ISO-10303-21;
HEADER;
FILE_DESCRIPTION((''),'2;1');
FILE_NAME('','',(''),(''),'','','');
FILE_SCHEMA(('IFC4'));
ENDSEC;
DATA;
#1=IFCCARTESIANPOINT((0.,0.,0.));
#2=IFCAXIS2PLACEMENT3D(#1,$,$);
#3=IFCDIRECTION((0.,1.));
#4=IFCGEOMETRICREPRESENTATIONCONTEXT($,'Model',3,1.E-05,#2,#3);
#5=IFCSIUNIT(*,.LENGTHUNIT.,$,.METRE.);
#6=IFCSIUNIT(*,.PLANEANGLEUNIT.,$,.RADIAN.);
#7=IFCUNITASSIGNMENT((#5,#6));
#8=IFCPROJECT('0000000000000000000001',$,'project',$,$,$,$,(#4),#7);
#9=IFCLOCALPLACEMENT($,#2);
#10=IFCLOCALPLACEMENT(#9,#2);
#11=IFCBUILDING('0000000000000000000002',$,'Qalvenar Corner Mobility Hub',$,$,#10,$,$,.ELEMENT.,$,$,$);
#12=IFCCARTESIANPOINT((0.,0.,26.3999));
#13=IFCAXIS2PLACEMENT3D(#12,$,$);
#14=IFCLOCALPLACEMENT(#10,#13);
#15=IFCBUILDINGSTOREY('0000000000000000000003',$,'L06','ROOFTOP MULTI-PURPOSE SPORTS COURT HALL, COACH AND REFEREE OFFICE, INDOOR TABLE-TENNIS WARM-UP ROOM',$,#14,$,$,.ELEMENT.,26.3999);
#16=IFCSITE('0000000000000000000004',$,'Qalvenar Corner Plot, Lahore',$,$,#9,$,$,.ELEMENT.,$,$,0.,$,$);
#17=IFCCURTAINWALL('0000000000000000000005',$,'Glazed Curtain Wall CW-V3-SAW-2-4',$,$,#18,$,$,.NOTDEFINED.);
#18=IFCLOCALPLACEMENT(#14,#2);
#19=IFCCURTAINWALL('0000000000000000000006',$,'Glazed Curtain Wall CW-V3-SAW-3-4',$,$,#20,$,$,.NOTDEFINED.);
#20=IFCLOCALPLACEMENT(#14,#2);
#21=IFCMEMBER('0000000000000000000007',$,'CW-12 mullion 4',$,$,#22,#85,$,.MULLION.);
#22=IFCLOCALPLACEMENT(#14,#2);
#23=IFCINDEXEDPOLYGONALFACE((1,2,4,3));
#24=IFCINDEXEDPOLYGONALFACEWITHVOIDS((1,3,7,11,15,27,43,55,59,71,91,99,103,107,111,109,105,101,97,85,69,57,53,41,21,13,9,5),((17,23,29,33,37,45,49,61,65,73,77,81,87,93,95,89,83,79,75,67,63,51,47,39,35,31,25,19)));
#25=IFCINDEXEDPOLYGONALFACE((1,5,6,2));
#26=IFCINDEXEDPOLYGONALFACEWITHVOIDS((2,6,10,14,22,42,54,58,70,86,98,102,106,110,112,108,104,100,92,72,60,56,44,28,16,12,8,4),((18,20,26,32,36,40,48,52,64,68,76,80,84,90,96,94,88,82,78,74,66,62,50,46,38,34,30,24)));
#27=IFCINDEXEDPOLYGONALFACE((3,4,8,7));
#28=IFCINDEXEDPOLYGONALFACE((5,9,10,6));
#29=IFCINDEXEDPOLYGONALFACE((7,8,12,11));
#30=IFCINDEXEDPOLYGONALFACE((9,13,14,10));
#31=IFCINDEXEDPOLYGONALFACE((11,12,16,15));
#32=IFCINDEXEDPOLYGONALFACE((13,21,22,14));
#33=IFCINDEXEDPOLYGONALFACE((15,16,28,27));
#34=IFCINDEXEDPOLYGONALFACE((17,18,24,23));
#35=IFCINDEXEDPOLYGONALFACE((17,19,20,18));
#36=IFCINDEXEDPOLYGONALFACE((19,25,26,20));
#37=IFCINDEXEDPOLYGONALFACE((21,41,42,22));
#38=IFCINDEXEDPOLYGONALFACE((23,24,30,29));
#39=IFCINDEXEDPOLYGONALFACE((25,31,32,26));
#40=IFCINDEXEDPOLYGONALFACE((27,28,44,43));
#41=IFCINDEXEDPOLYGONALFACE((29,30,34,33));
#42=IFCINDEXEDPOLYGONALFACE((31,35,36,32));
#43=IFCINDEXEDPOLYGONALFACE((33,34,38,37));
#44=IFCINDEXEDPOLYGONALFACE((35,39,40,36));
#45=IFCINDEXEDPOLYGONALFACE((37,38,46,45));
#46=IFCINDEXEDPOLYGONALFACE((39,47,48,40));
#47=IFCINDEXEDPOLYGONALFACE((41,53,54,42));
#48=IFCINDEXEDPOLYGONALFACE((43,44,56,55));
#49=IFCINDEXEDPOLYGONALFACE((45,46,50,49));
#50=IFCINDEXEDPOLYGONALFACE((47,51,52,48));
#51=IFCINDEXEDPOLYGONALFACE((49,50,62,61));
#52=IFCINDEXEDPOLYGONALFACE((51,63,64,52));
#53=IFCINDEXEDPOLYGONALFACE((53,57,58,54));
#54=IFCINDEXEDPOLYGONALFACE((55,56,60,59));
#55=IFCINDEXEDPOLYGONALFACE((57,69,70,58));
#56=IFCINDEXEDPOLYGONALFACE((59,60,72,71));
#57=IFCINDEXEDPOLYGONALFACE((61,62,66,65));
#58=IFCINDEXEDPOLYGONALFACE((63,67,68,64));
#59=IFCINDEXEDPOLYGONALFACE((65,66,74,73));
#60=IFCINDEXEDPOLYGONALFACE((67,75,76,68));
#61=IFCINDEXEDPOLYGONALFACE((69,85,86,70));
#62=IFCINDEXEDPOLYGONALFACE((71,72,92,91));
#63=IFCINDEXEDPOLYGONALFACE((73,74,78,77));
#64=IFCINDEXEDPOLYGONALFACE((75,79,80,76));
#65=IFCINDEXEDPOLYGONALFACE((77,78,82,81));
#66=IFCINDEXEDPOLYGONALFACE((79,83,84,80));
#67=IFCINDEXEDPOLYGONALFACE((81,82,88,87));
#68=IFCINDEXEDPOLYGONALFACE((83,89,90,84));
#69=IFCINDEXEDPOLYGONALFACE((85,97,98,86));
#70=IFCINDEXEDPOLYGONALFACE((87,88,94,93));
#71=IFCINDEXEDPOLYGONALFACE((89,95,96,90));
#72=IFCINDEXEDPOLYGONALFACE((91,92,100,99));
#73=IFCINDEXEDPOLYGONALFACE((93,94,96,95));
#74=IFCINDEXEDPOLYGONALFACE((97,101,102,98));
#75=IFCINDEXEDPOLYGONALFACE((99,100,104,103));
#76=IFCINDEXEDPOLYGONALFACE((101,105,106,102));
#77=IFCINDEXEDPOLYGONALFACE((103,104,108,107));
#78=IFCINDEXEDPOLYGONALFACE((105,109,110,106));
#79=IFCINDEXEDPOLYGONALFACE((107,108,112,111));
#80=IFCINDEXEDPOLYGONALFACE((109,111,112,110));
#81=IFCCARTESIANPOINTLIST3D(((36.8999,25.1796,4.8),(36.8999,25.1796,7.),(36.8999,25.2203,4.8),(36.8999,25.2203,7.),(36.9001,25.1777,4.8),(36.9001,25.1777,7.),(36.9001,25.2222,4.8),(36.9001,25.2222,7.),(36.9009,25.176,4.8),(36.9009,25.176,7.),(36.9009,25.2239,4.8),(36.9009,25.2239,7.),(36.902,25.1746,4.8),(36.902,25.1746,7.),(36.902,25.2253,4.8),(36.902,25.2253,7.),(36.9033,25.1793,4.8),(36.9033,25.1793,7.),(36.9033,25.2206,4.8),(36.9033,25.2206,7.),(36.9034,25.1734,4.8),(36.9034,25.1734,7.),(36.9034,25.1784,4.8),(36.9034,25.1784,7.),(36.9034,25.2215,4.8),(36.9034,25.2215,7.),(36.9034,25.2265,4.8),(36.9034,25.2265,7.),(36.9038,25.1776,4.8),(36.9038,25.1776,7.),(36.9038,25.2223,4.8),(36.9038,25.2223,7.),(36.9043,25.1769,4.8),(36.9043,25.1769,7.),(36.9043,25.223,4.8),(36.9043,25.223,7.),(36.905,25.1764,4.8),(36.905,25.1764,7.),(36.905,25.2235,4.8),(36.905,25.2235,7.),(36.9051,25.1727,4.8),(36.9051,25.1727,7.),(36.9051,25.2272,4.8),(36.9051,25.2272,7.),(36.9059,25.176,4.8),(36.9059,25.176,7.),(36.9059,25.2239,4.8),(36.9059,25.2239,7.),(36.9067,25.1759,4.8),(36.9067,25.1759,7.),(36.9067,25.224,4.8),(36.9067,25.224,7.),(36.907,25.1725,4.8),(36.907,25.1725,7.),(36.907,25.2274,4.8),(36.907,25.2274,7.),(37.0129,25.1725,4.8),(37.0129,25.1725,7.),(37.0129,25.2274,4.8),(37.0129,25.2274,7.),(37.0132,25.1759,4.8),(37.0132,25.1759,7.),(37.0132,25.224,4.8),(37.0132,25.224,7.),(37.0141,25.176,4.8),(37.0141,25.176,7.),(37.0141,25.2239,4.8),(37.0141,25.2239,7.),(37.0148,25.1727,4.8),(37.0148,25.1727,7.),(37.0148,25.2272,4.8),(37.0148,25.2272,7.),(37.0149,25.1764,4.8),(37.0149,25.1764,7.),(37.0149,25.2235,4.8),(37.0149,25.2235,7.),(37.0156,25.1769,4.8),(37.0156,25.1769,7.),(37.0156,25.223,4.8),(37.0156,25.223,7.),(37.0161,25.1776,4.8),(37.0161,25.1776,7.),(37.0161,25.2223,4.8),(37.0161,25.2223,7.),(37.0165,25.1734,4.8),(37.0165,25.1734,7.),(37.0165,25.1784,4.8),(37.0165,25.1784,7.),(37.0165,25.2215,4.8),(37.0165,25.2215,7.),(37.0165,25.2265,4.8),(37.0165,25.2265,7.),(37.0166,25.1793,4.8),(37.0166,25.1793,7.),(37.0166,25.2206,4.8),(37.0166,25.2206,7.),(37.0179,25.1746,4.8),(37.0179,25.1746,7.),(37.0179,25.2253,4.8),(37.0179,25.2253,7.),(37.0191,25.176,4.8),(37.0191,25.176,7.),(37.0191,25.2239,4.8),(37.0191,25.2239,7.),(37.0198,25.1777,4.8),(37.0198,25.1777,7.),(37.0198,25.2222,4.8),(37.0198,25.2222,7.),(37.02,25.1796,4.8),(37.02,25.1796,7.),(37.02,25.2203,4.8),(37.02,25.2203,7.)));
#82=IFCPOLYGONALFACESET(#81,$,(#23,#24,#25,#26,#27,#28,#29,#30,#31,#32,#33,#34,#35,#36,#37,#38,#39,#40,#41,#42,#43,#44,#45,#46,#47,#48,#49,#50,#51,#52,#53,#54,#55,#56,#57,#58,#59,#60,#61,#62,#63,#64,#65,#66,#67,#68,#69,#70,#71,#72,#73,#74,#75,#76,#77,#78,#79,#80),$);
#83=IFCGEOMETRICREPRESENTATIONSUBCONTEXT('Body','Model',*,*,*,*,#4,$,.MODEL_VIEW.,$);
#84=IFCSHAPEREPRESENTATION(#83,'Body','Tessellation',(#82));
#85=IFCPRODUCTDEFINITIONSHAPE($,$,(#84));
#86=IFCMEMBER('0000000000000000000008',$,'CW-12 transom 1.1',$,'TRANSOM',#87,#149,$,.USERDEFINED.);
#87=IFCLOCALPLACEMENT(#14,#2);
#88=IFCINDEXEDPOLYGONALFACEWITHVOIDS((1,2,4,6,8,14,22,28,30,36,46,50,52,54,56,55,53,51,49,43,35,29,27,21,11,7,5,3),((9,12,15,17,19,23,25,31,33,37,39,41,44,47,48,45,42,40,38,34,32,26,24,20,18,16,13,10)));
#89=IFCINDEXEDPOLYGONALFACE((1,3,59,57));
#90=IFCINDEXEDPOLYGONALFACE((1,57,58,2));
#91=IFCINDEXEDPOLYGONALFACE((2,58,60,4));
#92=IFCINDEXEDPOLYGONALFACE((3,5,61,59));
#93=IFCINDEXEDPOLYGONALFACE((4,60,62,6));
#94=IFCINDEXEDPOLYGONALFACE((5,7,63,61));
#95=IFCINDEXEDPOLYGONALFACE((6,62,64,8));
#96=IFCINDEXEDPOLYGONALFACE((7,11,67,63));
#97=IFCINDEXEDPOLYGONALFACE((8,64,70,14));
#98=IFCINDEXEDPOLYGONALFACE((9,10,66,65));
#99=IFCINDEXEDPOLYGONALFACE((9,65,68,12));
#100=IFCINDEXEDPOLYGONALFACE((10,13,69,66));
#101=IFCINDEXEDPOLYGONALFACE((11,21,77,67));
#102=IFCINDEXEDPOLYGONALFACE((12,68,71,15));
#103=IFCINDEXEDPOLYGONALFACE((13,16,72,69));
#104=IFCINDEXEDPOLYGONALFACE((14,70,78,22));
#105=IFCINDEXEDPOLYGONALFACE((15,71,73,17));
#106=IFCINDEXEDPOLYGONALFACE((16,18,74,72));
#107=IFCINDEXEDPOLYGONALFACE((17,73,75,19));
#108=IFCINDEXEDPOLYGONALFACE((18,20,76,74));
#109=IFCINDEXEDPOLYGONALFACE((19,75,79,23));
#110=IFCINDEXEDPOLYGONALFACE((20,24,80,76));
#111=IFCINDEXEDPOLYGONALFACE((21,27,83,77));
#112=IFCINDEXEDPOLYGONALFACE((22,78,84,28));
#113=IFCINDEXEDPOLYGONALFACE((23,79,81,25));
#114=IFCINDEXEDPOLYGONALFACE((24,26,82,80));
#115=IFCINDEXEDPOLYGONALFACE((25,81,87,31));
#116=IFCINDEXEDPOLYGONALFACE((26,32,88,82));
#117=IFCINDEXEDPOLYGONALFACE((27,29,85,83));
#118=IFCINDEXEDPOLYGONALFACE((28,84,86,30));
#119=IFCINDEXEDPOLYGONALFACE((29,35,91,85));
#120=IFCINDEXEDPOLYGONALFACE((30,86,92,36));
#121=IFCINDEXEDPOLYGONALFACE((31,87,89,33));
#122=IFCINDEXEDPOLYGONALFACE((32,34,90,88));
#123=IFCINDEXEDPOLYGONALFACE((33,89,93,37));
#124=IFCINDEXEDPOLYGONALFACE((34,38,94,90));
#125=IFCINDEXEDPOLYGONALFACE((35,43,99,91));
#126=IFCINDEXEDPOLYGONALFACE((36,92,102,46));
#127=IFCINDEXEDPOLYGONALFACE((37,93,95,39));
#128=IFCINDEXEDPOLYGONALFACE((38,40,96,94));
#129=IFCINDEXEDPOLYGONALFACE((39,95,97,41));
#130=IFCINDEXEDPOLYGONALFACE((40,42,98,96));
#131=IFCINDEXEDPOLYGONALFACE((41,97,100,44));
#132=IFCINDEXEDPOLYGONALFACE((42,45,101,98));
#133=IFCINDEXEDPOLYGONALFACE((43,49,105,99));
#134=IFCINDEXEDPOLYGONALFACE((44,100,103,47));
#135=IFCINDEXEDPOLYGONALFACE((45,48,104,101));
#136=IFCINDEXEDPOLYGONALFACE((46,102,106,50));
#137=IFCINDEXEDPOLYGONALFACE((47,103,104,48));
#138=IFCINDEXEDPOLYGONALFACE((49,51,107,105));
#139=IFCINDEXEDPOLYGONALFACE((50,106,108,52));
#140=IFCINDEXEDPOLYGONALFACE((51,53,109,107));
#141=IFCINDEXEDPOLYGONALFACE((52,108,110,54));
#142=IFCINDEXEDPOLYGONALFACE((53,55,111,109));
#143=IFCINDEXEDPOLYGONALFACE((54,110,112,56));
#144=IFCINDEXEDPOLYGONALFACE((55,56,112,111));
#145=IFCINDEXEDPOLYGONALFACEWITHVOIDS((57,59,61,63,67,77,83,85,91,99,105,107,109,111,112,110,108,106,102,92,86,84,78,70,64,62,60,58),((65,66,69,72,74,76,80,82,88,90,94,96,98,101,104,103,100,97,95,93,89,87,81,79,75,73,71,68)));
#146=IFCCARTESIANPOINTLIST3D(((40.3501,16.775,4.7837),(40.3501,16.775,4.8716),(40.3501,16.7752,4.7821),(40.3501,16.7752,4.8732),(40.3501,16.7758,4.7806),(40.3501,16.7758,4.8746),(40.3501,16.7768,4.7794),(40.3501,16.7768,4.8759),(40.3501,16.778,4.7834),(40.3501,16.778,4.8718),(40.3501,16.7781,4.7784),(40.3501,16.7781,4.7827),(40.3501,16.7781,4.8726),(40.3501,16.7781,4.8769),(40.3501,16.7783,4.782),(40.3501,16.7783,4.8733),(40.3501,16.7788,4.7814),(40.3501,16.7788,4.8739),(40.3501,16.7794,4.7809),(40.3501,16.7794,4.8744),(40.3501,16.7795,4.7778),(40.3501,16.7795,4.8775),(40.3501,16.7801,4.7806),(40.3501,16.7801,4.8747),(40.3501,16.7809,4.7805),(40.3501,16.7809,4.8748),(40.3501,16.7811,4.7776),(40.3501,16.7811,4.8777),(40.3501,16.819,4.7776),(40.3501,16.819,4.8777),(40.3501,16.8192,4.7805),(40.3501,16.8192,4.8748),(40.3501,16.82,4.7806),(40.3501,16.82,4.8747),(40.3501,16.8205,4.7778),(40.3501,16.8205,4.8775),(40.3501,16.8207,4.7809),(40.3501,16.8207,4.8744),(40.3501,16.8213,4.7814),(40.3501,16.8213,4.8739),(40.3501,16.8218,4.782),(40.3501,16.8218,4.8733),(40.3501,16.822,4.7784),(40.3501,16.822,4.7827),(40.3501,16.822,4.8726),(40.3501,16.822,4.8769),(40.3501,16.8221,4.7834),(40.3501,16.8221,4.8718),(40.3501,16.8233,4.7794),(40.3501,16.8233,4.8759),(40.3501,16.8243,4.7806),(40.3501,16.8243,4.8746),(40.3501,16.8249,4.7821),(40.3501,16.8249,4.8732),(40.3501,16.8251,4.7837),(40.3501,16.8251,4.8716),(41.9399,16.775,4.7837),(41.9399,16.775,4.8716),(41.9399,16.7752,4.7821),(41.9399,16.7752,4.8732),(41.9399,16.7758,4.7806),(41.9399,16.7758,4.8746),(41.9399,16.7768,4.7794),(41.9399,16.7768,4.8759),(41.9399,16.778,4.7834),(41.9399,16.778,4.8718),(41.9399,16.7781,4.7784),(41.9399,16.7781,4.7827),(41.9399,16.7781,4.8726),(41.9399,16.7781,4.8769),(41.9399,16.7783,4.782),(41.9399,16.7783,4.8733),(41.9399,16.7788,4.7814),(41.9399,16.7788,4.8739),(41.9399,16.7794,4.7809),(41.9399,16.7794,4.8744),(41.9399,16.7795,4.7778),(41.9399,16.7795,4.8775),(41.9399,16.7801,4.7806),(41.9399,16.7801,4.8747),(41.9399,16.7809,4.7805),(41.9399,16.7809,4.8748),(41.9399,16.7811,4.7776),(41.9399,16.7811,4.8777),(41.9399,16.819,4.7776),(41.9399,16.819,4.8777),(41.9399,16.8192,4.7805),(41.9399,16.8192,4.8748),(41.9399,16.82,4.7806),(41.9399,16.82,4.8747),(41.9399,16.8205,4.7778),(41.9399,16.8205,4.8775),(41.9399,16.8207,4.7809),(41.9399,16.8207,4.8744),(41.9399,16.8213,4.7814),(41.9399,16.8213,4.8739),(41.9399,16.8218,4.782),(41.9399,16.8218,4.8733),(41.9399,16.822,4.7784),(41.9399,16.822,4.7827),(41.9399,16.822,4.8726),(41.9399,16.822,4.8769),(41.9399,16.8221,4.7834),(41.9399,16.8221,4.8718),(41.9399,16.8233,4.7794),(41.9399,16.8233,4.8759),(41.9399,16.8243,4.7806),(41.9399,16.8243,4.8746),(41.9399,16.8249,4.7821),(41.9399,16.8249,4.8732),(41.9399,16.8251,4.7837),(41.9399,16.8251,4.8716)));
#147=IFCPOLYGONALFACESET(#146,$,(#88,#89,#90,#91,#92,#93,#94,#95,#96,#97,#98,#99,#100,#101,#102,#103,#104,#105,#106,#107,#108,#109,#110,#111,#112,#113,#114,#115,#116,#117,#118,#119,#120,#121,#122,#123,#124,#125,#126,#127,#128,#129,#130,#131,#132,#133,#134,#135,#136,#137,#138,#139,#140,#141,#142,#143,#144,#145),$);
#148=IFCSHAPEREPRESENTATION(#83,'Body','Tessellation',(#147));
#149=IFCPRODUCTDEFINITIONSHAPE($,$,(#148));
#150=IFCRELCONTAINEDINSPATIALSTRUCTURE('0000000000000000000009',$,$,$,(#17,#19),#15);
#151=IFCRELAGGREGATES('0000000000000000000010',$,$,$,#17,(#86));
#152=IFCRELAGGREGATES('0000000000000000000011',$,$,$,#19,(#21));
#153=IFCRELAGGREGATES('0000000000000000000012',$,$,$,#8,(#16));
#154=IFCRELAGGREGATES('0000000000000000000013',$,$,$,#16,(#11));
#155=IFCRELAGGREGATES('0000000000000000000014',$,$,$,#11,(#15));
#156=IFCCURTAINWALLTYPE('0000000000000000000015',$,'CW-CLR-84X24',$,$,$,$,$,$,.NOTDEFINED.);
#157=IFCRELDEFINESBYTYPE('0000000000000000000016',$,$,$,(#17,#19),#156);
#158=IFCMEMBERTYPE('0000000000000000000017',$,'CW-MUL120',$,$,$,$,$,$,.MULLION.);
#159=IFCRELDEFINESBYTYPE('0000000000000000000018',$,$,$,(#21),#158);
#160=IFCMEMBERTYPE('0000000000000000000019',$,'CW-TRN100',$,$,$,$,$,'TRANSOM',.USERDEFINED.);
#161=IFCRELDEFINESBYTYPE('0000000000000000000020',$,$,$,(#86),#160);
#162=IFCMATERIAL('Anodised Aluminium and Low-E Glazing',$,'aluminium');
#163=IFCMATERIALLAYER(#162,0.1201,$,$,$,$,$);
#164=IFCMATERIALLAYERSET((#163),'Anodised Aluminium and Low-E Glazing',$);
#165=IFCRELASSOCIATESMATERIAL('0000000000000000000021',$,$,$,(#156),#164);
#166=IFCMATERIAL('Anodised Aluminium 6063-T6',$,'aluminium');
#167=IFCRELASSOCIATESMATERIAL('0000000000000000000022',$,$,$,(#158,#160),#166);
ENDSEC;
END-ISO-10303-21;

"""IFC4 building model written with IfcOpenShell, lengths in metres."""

from ifc_helpers import new_model, si_unit, direction, frame, origin, origin_2d, place, context, subcontext, project, spatial, hollow_rectangle, extrude, material, layer, layer_set, material_profile, profile_set, type_object, element, aggregate, save


model = new_model("IFC4")

# Units and contexts
model_context = context("Model", 3, precision=1e-05, world=origin(), true_north=direction((0.0, 1.0)))
body_context = subcontext(model_context, "Body", "Model", "MODEL_VIEW")
ifc_project = project(units=[si_unit("LENGTHUNIT", "METRE"), si_unit("PLANEANGLEUNIT", "RADIAN")], contexts=[model_context])

# Site, building, storey
site_placement = place(None, origin())
site = spatial("IfcSite", under=ifc_project, at=site_placement, Name="Qalvenar Corner Plot, Lahore", CompositionType="ELEMENT", RefElevation=0.0)
building_placement = place(site_placement, origin())
building = spatial("IfcBuilding", under=site, at=building_placement, Name="Qalvenar Corner Mobility Hub", CompositionType="ELEMENT")
storey_placement = place(building_placement, frame((0.0, 0.0, 26.3999)))
storey = spatial("IfcBuildingStorey", under=building, at=storey_placement, Name="L06", Description="ROOFTOP MULTI-PURPOSE SPORTS COURT HALL, COACH AND REFEREE OFFICE, INDOOR TABLE-TENNIS WARM-UP ROOM", CompositionType="ELEMENT", Elevation=26.3999)

# Curtain walls, member
ifc_material_1 = material(Name="Anodised Aluminium and Low-E Glazing", Category="aluminium")
ifc_layer_1 = layer(ifc_material_1, 0.1201)
ifc_layer_set_1 = layer_set([ifc_layer_1], Name="Anodised Aluminium and Low-E Glazing")
curtain_wall_type = type_object("IfcCurtainWallType", Name="CW-CLR-84X24", PredefinedType="NOTDEFINED", material=ifc_layer_set_1)
curtain_wall_1_placement = place(storey_placement, origin())
curtain_wall_1 = element("IfcCurtainWall", 1, at=curtain_wall_1_placement, inside=storey, type_object=curtain_wall_type, Name="Glazed Curtain Wall CW-V3-SAW-2-4", PredefinedType="NOTDEFINED")
ifc_material_2 = material(Name="Anodised Aluminium 6063-T6", Category="aluminium")
ifc_material_profile_1 = material_profile(ifc_material_2, hollow_rectangle(XDim=0.0549, YDim=0.1201, WallThickness=0.0034, InnerFilletRadius=0.0034, OuterFilletRadius=0.0071, at=origin_2d()), Name="RHS120x55x3.5")
ifc_profile_set_1 = profile_set([ifc_material_profile_1], Name="Anodised Aluminium 6063-T6")
member_type_1 = type_object("IfcMemberType", Name="CW-MUL120", PredefinedType="MULLION", material=ifc_profile_set_1)
curtain_wall_2_placement = place(storey_placement, origin())
curtain_wall_2 = element("IfcCurtainWall", 2, at=curtain_wall_2_placement, inside=storey, type_object=curtain_wall_type, Name="Glazed Curtain Wall CW-V3-SAW-3-4", PredefinedType="NOTDEFINED")
member_1_placement = place(storey_placement, frame((36.96, 25.2, 4.8), z_axis=(0.0, 0.0, 1.0), x_axis=(0.0, -1.0, 0.0)))
member_1 = element("IfcMember", 3, at=member_1_placement, type_object=member_type_1, Name="CW-12 mullion 4", PredefinedType="MULLION", context=body_context, shape_type="SweptSolid", body=[
    extrude(hollow_rectangle(XDim=0.0549, YDim=0.1201, WallThickness=0.0034, InnerFilletRadius=0.0034, OuterFilletRadius=0.0071, at=origin_2d()), origin(), (0.0, 0.0, 1.0), 2.2),
])

# Member
ifc_material_profile_2 = material_profile(ifc_material_2, hollow_rectangle(XDim=0.05, YDim=0.1001, WallThickness=0.0029, InnerFilletRadius=0.0029, OuterFilletRadius=0.0061, at=origin_2d()), Name="RHS100x50x3")
ifc_profile_set_2 = profile_set([ifc_material_profile_2], Name="Anodised Aluminium 6063-T6")
member_type_2 = type_object("IfcMemberType", Name="CW-TRN100", ElementType="TRANSOM", PredefinedType="USERDEFINED", material=ifc_profile_set_2)
member_2_placement = place(storey_placement, frame((41.9399, 16.8, 4.8276), z_axis=(-1.0, 0.0, 0.0), x_axis=(0.0, -1.0, 0.0)))
member_2 = element("IfcMember", 4, at=member_2_placement, type_object=member_type_2, Name="CW-12 transom 1.1", ObjectType="TRANSOM", PredefinedType="USERDEFINED", context=body_context, shape_type="SweptSolid", body=[
    extrude(hollow_rectangle(XDim=0.05, YDim=0.1001, WallThickness=0.0029, InnerFilletRadius=0.0029, OuterFilletRadius=0.0061, at=origin_2d()), origin(), (0.0, 0.0, 1.0), 1.5898),
])

aggregate(curtain_wall_1, [member_2])
aggregate(curtain_wall_2, [member_1])

save(model, "model.ifc")
